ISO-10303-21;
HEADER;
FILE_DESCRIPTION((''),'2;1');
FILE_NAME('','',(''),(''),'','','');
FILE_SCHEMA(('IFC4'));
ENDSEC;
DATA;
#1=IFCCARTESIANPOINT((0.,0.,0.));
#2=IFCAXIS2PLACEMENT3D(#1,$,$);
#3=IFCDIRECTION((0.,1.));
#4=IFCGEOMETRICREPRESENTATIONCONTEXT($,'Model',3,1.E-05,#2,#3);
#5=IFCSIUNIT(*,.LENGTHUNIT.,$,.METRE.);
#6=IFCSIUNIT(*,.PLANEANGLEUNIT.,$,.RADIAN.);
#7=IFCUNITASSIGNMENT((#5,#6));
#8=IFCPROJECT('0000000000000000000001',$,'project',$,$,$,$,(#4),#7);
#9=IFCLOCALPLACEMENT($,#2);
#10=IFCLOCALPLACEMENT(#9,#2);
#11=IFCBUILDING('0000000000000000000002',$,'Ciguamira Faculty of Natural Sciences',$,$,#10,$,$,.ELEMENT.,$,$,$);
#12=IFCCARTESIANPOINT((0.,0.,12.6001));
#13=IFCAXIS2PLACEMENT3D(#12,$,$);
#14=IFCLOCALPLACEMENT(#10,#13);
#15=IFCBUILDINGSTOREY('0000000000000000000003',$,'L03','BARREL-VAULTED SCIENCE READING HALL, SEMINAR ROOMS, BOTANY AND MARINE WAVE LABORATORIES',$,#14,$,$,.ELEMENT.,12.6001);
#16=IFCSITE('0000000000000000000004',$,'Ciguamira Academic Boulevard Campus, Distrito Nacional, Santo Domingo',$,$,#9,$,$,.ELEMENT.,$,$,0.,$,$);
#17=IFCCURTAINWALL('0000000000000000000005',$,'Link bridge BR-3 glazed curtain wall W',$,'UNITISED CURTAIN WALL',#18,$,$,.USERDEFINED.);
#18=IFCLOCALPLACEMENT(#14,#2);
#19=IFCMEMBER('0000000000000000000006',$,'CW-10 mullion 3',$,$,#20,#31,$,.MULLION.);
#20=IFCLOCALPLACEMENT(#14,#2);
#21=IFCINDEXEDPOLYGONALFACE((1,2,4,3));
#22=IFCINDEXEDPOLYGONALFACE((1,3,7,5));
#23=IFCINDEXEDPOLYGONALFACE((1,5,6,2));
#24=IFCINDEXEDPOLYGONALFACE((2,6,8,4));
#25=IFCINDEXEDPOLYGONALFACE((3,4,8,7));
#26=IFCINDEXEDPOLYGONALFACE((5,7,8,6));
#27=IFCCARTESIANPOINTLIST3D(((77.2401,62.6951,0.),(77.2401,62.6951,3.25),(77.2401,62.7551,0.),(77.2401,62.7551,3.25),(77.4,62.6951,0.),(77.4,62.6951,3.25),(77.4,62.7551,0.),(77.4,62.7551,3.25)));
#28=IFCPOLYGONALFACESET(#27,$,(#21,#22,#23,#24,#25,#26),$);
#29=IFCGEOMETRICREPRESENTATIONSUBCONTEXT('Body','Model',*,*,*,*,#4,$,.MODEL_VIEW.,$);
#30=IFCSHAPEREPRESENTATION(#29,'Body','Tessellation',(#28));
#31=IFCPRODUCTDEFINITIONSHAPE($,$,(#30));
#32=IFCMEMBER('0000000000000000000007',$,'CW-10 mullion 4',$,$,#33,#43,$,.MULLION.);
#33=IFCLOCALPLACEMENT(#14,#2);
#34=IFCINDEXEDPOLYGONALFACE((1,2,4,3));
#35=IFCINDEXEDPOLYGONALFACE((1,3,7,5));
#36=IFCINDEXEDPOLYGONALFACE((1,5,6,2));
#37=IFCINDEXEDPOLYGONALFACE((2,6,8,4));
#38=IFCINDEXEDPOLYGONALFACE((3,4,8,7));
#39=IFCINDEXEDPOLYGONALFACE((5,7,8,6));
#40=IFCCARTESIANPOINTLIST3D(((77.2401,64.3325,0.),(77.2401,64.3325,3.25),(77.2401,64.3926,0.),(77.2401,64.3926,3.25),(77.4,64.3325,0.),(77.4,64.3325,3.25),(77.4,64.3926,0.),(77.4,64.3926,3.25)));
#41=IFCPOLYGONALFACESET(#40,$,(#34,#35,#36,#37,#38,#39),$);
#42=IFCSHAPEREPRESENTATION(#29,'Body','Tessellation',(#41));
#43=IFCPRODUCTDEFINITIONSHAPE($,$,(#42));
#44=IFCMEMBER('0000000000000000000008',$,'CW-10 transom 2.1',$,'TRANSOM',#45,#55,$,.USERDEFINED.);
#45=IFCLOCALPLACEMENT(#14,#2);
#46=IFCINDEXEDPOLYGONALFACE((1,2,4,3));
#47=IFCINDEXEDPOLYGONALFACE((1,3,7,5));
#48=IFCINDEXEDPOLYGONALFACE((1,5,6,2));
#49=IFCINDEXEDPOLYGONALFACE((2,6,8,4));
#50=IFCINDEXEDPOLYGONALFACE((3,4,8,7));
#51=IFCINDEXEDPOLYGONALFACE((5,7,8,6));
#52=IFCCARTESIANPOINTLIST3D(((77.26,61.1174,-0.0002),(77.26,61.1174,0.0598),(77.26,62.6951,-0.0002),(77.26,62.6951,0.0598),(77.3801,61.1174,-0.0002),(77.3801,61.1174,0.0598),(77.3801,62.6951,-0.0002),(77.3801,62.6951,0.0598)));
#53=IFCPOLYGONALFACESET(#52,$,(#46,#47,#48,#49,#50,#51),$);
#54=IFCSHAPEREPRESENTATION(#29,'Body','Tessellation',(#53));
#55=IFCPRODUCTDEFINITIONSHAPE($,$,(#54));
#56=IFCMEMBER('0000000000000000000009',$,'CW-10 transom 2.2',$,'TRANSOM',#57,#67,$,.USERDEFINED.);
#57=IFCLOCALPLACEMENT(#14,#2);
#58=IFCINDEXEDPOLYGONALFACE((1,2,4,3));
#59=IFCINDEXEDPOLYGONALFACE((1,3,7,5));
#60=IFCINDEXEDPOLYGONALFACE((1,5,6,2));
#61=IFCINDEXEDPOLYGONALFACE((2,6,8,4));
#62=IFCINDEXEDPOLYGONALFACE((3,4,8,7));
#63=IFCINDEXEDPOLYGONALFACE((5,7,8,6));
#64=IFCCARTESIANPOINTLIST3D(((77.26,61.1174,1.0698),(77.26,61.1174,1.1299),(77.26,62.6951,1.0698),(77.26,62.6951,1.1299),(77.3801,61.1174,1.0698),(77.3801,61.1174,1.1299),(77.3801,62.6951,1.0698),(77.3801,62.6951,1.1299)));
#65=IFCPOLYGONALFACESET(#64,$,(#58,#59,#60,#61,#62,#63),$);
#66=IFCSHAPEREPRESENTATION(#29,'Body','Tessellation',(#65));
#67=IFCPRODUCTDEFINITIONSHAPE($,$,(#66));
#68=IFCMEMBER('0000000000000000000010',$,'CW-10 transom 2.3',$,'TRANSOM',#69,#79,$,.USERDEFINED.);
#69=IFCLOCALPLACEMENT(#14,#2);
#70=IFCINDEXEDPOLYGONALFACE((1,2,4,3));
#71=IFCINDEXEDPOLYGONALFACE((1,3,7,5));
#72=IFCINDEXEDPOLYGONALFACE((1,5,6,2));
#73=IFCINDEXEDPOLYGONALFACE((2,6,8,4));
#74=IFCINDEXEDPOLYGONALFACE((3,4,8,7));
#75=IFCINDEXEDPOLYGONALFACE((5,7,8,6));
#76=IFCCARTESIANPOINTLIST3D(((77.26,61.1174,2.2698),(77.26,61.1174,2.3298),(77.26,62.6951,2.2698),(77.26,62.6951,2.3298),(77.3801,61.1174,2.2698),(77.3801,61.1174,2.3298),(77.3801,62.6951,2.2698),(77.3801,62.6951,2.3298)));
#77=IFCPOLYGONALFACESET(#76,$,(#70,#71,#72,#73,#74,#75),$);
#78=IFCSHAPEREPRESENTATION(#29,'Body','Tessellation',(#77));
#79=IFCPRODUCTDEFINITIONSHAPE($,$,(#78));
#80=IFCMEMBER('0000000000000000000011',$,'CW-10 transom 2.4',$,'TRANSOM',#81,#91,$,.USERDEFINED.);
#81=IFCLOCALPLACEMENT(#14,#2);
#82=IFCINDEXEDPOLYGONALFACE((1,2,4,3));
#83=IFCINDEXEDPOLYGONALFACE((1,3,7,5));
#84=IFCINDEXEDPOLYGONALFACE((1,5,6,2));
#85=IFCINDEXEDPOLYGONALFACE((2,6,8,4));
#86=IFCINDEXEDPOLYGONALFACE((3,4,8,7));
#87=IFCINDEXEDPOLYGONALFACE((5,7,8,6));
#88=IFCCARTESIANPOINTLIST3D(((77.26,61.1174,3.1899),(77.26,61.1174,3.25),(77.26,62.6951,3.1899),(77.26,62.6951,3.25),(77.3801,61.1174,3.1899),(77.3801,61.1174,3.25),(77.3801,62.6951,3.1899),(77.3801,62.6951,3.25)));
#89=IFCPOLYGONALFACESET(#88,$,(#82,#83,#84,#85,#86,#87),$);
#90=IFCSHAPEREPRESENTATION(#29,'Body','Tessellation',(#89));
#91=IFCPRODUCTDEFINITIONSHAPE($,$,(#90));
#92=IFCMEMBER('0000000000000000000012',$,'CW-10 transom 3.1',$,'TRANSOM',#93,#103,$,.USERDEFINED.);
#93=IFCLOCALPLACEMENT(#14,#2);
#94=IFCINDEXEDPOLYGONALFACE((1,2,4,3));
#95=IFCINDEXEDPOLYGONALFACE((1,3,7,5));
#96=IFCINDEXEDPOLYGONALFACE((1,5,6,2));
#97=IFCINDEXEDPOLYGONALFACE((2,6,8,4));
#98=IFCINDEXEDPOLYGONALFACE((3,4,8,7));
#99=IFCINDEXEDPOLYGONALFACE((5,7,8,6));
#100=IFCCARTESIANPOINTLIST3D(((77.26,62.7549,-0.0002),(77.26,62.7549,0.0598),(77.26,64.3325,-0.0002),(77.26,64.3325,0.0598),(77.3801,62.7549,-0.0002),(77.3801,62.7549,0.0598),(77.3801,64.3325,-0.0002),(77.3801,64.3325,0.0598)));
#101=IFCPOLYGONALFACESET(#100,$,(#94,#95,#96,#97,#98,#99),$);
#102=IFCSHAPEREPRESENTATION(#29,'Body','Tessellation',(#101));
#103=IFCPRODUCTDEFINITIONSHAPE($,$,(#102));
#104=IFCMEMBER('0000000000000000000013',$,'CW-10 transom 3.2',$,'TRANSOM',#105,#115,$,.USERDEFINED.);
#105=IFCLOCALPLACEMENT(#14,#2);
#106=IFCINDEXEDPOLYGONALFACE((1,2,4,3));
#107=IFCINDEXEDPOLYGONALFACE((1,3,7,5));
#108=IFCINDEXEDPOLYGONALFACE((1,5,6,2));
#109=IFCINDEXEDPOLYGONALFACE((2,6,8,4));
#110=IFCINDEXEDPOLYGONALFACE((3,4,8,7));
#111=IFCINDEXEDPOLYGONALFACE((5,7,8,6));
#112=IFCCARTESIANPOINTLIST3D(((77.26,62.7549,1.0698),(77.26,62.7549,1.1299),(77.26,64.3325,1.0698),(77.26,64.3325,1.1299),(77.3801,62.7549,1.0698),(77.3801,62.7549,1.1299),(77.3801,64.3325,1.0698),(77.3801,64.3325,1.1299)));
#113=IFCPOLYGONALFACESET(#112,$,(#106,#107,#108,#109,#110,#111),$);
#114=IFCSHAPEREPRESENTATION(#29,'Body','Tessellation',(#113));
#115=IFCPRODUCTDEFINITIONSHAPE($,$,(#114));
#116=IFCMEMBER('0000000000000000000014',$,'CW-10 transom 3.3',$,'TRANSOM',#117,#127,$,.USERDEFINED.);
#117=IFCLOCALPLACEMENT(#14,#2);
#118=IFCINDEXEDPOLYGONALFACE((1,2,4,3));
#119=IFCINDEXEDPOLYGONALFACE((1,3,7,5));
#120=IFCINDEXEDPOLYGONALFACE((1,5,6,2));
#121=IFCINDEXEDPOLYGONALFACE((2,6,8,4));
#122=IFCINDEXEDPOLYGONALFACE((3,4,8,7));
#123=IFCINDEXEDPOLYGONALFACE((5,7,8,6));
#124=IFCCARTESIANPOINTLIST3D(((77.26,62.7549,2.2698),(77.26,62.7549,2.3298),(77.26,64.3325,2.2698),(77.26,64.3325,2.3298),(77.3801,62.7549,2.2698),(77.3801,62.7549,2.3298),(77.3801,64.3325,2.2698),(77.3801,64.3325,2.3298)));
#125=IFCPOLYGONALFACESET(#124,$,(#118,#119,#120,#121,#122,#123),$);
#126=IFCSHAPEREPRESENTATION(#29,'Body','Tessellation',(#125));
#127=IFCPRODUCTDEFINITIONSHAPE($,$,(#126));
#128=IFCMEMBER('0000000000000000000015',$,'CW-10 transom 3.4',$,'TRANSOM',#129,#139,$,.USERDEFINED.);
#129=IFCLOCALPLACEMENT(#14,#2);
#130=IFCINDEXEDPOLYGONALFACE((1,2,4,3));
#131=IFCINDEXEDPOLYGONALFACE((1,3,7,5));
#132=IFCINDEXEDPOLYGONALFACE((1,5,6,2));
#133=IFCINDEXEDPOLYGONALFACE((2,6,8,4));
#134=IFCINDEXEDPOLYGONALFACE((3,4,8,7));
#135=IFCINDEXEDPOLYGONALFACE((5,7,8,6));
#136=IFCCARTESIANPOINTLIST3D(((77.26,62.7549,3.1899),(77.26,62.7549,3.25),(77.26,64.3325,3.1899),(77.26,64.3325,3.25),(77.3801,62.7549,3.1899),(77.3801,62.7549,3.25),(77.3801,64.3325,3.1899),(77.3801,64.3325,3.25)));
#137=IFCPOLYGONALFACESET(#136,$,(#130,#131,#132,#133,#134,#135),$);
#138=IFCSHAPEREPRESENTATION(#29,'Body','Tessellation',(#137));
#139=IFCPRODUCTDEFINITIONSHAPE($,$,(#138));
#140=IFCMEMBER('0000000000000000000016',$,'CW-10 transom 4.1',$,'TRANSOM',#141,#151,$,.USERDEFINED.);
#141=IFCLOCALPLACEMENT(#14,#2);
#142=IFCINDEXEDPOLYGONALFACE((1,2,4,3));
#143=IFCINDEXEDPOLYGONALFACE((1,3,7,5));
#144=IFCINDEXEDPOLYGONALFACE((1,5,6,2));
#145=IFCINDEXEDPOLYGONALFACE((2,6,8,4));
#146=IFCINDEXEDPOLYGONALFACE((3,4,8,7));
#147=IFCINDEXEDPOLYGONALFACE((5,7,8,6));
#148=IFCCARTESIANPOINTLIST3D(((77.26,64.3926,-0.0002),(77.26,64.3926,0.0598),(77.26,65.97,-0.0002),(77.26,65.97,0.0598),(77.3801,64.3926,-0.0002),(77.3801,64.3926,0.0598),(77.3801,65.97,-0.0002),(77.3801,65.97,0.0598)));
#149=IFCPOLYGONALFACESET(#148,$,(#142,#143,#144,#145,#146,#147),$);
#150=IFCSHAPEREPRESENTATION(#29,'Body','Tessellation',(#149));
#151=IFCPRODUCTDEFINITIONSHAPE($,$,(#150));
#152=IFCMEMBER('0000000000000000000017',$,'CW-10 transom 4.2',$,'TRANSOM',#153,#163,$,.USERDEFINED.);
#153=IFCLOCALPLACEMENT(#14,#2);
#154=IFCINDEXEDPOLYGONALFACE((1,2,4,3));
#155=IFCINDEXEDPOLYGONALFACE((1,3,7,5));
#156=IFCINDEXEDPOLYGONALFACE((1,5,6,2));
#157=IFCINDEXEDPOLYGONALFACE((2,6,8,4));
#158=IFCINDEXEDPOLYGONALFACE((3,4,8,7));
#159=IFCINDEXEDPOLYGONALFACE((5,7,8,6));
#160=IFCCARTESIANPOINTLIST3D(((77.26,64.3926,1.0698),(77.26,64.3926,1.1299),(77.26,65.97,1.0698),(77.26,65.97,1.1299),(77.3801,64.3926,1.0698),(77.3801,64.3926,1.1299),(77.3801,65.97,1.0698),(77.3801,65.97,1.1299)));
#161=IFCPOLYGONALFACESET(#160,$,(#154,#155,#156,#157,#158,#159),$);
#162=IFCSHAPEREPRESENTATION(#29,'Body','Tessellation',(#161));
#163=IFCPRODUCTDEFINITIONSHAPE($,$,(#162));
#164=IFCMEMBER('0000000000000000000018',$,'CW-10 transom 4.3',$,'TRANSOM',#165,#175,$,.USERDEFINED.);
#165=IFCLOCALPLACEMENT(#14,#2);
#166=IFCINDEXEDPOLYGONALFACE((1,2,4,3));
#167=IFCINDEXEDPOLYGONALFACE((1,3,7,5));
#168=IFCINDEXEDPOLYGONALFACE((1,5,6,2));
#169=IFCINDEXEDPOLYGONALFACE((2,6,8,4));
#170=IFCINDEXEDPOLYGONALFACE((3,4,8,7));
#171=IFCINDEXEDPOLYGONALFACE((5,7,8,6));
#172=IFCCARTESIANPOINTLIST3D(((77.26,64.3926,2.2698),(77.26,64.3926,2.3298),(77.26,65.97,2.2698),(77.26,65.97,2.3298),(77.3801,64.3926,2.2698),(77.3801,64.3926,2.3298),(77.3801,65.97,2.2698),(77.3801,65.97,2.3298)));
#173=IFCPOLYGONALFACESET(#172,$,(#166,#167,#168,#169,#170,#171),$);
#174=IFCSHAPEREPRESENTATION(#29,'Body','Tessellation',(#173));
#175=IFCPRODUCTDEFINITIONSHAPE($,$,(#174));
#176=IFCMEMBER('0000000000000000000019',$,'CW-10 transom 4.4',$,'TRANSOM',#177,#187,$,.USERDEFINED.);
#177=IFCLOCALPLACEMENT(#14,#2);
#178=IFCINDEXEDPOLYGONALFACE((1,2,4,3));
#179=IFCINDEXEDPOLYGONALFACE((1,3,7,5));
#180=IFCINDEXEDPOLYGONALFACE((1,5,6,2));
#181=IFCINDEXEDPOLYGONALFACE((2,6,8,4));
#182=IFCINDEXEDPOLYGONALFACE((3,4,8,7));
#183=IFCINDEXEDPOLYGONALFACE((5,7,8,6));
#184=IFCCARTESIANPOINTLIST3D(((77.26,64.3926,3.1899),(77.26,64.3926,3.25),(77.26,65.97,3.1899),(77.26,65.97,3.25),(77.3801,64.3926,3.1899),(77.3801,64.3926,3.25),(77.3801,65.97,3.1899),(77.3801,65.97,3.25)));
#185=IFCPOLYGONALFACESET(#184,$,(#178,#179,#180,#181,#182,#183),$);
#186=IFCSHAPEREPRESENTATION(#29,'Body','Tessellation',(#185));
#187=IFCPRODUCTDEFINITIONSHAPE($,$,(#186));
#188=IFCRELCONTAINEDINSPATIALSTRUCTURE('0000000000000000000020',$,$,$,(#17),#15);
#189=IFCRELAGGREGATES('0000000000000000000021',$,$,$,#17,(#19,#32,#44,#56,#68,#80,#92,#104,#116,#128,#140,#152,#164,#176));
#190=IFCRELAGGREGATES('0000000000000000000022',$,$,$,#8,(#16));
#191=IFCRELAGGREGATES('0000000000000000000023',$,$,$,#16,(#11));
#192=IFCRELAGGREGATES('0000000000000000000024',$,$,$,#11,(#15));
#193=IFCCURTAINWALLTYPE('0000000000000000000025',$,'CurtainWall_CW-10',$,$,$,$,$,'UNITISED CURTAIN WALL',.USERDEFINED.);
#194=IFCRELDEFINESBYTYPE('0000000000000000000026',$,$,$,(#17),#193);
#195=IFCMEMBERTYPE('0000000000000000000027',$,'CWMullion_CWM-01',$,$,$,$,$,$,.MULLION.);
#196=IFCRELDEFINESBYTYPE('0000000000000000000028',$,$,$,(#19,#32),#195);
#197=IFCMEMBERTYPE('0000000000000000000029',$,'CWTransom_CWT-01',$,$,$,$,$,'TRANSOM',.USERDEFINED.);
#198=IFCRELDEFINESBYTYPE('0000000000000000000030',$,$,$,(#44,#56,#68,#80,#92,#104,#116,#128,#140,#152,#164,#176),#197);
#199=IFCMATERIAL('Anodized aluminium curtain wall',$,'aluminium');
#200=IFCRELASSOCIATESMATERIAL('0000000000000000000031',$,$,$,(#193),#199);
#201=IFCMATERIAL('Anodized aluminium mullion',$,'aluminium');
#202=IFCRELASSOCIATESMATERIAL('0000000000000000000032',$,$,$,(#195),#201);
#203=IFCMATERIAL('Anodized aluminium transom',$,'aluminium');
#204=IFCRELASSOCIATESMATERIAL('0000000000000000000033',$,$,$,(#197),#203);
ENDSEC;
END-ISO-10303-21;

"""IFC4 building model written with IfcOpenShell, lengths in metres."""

from ifc_helpers import new_model, si_unit, direction, frame, origin, origin_2d, place, context, subcontext, project, spatial, rectangle, extrude, material, material_profile, profile_set, type_object, element, aggregate, save


model = new_model("IFC4")

# Units and contexts
model_context = context("Model", 3, precision=1e-05, world=origin(), true_north=direction((0.0, 1.0)))
body_context = subcontext(model_context, "Body", "Model", "MODEL_VIEW")
ifc_project = project(units=[si_unit("LENGTHUNIT", "METRE"), si_unit("PLANEANGLEUNIT", "RADIAN")], contexts=[model_context])

# Site, building, storey
site_placement = place(None, origin())
site = spatial("IfcSite", under=ifc_project, at=site_placement, Name="Ciguamira Academic Boulevard Campus, Distrito Nacional, Santo Domingo", CompositionType="ELEMENT", RefElevation=0.0)
building_placement = place(site_placement, origin())
building = spatial("IfcBuilding", under=site, at=building_placement, Name="Ciguamira Faculty of Natural Sciences", CompositionType="ELEMENT")
storey_placement = place(building_placement, frame((0.0, 0.0, 12.6001)))
storey = spatial("IfcBuildingStorey", under=building, at=storey_placement, Name="L03", Description="BARREL-VAULTED SCIENCE READING HALL, SEMINAR ROOMS, BOTANY AND MARINE WAVE LABORATORIES", CompositionType="ELEMENT", Elevation=12.6001)

# Curtain wall, members
ifc_material_1 = material(Name="Anodized aluminium curtain wall", Category="aluminium")
curtain_wall_type = type_object("IfcCurtainWallType", Name="CurtainWall_CW-10", ElementType="UNITISED CURTAIN WALL", PredefinedType="USERDEFINED", material=ifc_material_1)
curtain_wall_placement = place(storey_placement, origin())
curtain_wall = element("IfcCurtainWall", 1, at=curtain_wall_placement, inside=storey, type_object=curtain_wall_type, Name="Link bridge BR-3 glazed curtain wall W", ObjectType="UNITISED CURTAIN WALL", PredefinedType="USERDEFINED")
ifc_material_2 = material(Name="Anodized aluminium mullion", Category="aluminium")
ifc_material_profile_1 = material_profile(ifc_material_2, rectangle(XDim=0.0601, YDim=0.1599, at=origin_2d()), Name="ALU-MUL-60X160")
ifc_profile_set_1 = profile_set([ifc_material_profile_1], Name="Anodized aluminium mullion")
member_type_1 = type_object("IfcMemberType", Name="CWMullion_CWM-01", PredefinedType="MULLION", material=ifc_profile_set_1)
member_1_placement = place(storey_placement, frame((77.3201, 62.7251, 0.0), z_axis=(0.0, 0.0, 1.0), x_axis=(0.0, 1.0, 0.0)))
member_1 = element("IfcMember", 2, at=member_1_placement, type_object=member_type_1, Name="CW-10 mullion 3", PredefinedType="MULLION", context=body_context, shape_type="SweptSolid", body=[
    extrude(rectangle(XDim=0.0601, YDim=0.1599, at=origin_2d()), origin(), (0.0, 0.0, 1.0), 3.25),
])
member_2_placement = place(storey_placement, frame((77.3201, 64.3625, 0.0), z_axis=(0.0, 0.0, 1.0), x_axis=(0.0, 1.0, 0.0)))
member_2 = element("IfcMember", 3, at=member_2_placement, type_object=member_type_1, Name="CW-10 mullion 4", PredefinedType="MULLION", context=body_context, shape_type="SweptSolid", body=[
    extrude(rectangle(XDim=0.0601, YDim=0.1599, at=origin_2d()), origin(), (0.0, 0.0, 1.0), 3.25),
])
ifc_material_3 = material(Name="Anodized aluminium transom", Category="aluminium")
ifc_material_profile_2 = material_profile(ifc_material_3, rectangle(XDim=0.0601, YDim=0.1201, at=origin_2d()), Name="ALU-TRN-60X120")
ifc_profile_set_2 = profile_set([ifc_material_profile_2], Name="Anodized aluminium transom")
member_type_2 = type_object("IfcMemberType", Name="CWTransom_CWT-01", ElementType="TRANSOM", PredefinedType="USERDEFINED", material=ifc_profile_set_2)
member_3_placement = place(storey_placement, frame((77.3201, 61.1174, 0.0298), z_axis=(0.0, 1.0, 0.0), x_axis=(0.0, 0.0, 1.0)))
member_3 = element("IfcMember", 4, at=member_3_placement, type_object=member_type_2, Name="CW-10 transom 2.1", ObjectType="TRANSOM", PredefinedType="USERDEFINED", context=body_context, shape_type="SweptSolid", body=[
    extrude(rectangle(XDim=0.0601, YDim=0.1201, at=origin_2d()), origin(), (0.0, 0.0, 1.0), 1.5776),
])
member_4_placement = place(storey_placement, frame((77.3201, 61.1174, 1.0999), z_axis=(0.0, 1.0, 0.0), x_axis=(0.0, 0.0, 1.0)))
member_4 = element("IfcMember", 5, at=member_4_placement, type_object=member_type_2, Name="CW-10 transom 2.2", ObjectType="TRANSOM", PredefinedType="USERDEFINED", context=body_context, shape_type="SweptSolid", body=[
    extrude(rectangle(XDim=0.0601, YDim=0.1201, at=origin_2d()), origin(), (0.0, 0.0, 1.0), 1.5776),
])
member_5_placement = place(storey_placement, frame((77.3201, 61.1174, 2.2998), z_axis=(0.0, 1.0, 0.0), x_axis=(0.0, 0.0, 1.0)))
member_5 = element("IfcMember", 6, at=member_5_placement, type_object=member_type_2, Name="CW-10 transom 2.3", ObjectType="TRANSOM", PredefinedType="USERDEFINED", context=body_context, shape_type="SweptSolid", body=[
    extrude(rectangle(XDim=0.0601, YDim=0.1201, at=origin_2d()), origin(), (0.0, 0.0, 1.0), 1.5776),
])
member_6_placement = place(storey_placement, frame((77.3201, 61.1174, 3.22), z_axis=(0.0, 1.0, 0.0), x_axis=(0.0, 0.0, 1.0)))
member_6 = element("IfcMember", 7, at=member_6_placement, type_object=member_type_2, Name="CW-10 transom 2.4", ObjectType="TRANSOM", PredefinedType="USERDEFINED", context=body_context, shape_type="SweptSolid", body=[
    extrude(rectangle(XDim=0.0601, YDim=0.1201, at=origin_2d()), origin(), (0.0, 0.0, 1.0), 1.5776),
])
member_7_placement = place(storey_placement, frame((77.3201, 62.7549, 0.0298), z_axis=(0.0, 1.0, 0.0), x_axis=(0.0, 0.0, 1.0)))
member_7 = element("IfcMember", 8, at=member_7_placement, type_object=member_type_2, Name="CW-10 transom 3.1", ObjectType="TRANSOM", PredefinedType="USERDEFINED", context=body_context, shape_type="SweptSolid", body=[
    extrude(rectangle(XDim=0.0601, YDim=0.1201, at=origin_2d()), origin(), (0.0, 0.0, 1.0), 1.5776),
])
member_8_placement = place(storey_placement, frame((77.3201, 62.7549, 1.0999), z_axis=(0.0, 1.0, 0.0), x_axis=(0.0, 0.0, 1.0)))
member_8 = element("IfcMember", 9, at=member_8_placement, type_object=member_type_2, Name="CW-10 transom 3.2", ObjectType="TRANSOM", PredefinedType="USERDEFINED", context=body_context, shape_type="SweptSolid", body=[
    extrude(rectangle(XDim=0.0601, YDim=0.1201, at=origin_2d()), origin(), (0.0, 0.0, 1.0), 1.5776),
])
member_9_placement = place(storey_placement, frame((77.3201, 62.7549, 2.2998), z_axis=(0.0, 1.0, 0.0), x_axis=(0.0, 0.0, 1.0)))
member_9 = element("IfcMember", 10, at=member_9_placement, type_object=member_type_2, Name="CW-10 transom 3.3", ObjectType="TRANSOM", PredefinedType="USERDEFINED", context=body_context, shape_type="SweptSolid", body=[
    extrude(rectangle(XDim=0.0601, YDim=0.1201, at=origin_2d()), origin(), (0.0, 0.0, 1.0), 1.5776),
])
member_10_placement = place(storey_placement, frame((77.3201, 62.7549, 3.22), z_axis=(0.0, 1.0, 0.0), x_axis=(0.0, 0.0, 1.0)))
member_10 = element("IfcMember", 11, at=member_10_placement, type_object=member_type_2, Name="CW-10 transom 3.4", ObjectType="TRANSOM", PredefinedType="USERDEFINED", context=body_context, shape_type="SweptSolid", body=[
    extrude(rectangle(XDim=0.0601, YDim=0.1201, at=origin_2d()), origin(), (0.0, 0.0, 1.0), 1.5776),
])
member_11_placement = place(storey_placement, frame((77.3201, 64.3926, 0.0298), z_axis=(0.0, 1.0, 0.0), x_axis=(0.0, 0.0, 1.0)))
member_11 = element("IfcMember", 12, at=member_11_placement, type_object=member_type_2, Name="CW-10 transom 4.1", ObjectType="TRANSOM", PredefinedType="USERDEFINED", context=body_context, shape_type="SweptSolid", body=[
    extrude(rectangle(XDim=0.0601, YDim=0.1201, at=origin_2d()), origin(), (0.0, 0.0, 1.0), 1.5774),
])
member_12_placement = place(storey_placement, frame((77.3201, 64.3926, 1.0999), z_axis=(0.0, 1.0, 0.0), x_axis=(0.0, 0.0, 1.0)))
member_12 = element("IfcMember", 13, at=member_12_placement, type_object=member_type_2, Name="CW-10 transom 4.2", ObjectType="TRANSOM", PredefinedType="USERDEFINED", context=body_context, shape_type="SweptSolid", body=[
    extrude(rectangle(XDim=0.0601, YDim=0.1201, at=origin_2d()), origin(), (0.0, 0.0, 1.0), 1.5774),
])
member_13_placement = place(storey_placement, frame((77.3201, 64.3926, 2.2998), z_axis=(0.0, 1.0, 0.0), x_axis=(0.0, 0.0, 1.0)))
member_13 = element("IfcMember", 14, at=member_13_placement, type_object=member_type_2, Name="CW-10 transom 4.3", ObjectType="TRANSOM", PredefinedType="USERDEFINED", context=body_context, shape_type="SweptSolid", body=[
    extrude(rectangle(XDim=0.0601, YDim=0.1201, at=origin_2d()), origin(), (0.0, 0.0, 1.0), 1.5774),
])
member_14_placement = place(storey_placement, frame((77.3201, 64.3926, 3.22), z_axis=(0.0, 1.0, 0.0), x_axis=(0.0, 0.0, 1.0)))
member_14 = element("IfcMember", 15, at=member_14_placement, type_object=member_type_2, Name="CW-10 transom 4.4", ObjectType="TRANSOM", PredefinedType="USERDEFINED", context=body_context, shape_type="SweptSolid", body=[
    extrude(rectangle(XDim=0.0601, YDim=0.1201, at=origin_2d()), origin(), (0.0, 0.0, 1.0), 1.5774),
])
aggregate(curtain_wall, [member_1, member_2, member_3, member_4, member_5, member_6, member_7, member_8, member_9, member_10, member_11, member_12, member_13, member_14])

save(model, "model.ifc")
